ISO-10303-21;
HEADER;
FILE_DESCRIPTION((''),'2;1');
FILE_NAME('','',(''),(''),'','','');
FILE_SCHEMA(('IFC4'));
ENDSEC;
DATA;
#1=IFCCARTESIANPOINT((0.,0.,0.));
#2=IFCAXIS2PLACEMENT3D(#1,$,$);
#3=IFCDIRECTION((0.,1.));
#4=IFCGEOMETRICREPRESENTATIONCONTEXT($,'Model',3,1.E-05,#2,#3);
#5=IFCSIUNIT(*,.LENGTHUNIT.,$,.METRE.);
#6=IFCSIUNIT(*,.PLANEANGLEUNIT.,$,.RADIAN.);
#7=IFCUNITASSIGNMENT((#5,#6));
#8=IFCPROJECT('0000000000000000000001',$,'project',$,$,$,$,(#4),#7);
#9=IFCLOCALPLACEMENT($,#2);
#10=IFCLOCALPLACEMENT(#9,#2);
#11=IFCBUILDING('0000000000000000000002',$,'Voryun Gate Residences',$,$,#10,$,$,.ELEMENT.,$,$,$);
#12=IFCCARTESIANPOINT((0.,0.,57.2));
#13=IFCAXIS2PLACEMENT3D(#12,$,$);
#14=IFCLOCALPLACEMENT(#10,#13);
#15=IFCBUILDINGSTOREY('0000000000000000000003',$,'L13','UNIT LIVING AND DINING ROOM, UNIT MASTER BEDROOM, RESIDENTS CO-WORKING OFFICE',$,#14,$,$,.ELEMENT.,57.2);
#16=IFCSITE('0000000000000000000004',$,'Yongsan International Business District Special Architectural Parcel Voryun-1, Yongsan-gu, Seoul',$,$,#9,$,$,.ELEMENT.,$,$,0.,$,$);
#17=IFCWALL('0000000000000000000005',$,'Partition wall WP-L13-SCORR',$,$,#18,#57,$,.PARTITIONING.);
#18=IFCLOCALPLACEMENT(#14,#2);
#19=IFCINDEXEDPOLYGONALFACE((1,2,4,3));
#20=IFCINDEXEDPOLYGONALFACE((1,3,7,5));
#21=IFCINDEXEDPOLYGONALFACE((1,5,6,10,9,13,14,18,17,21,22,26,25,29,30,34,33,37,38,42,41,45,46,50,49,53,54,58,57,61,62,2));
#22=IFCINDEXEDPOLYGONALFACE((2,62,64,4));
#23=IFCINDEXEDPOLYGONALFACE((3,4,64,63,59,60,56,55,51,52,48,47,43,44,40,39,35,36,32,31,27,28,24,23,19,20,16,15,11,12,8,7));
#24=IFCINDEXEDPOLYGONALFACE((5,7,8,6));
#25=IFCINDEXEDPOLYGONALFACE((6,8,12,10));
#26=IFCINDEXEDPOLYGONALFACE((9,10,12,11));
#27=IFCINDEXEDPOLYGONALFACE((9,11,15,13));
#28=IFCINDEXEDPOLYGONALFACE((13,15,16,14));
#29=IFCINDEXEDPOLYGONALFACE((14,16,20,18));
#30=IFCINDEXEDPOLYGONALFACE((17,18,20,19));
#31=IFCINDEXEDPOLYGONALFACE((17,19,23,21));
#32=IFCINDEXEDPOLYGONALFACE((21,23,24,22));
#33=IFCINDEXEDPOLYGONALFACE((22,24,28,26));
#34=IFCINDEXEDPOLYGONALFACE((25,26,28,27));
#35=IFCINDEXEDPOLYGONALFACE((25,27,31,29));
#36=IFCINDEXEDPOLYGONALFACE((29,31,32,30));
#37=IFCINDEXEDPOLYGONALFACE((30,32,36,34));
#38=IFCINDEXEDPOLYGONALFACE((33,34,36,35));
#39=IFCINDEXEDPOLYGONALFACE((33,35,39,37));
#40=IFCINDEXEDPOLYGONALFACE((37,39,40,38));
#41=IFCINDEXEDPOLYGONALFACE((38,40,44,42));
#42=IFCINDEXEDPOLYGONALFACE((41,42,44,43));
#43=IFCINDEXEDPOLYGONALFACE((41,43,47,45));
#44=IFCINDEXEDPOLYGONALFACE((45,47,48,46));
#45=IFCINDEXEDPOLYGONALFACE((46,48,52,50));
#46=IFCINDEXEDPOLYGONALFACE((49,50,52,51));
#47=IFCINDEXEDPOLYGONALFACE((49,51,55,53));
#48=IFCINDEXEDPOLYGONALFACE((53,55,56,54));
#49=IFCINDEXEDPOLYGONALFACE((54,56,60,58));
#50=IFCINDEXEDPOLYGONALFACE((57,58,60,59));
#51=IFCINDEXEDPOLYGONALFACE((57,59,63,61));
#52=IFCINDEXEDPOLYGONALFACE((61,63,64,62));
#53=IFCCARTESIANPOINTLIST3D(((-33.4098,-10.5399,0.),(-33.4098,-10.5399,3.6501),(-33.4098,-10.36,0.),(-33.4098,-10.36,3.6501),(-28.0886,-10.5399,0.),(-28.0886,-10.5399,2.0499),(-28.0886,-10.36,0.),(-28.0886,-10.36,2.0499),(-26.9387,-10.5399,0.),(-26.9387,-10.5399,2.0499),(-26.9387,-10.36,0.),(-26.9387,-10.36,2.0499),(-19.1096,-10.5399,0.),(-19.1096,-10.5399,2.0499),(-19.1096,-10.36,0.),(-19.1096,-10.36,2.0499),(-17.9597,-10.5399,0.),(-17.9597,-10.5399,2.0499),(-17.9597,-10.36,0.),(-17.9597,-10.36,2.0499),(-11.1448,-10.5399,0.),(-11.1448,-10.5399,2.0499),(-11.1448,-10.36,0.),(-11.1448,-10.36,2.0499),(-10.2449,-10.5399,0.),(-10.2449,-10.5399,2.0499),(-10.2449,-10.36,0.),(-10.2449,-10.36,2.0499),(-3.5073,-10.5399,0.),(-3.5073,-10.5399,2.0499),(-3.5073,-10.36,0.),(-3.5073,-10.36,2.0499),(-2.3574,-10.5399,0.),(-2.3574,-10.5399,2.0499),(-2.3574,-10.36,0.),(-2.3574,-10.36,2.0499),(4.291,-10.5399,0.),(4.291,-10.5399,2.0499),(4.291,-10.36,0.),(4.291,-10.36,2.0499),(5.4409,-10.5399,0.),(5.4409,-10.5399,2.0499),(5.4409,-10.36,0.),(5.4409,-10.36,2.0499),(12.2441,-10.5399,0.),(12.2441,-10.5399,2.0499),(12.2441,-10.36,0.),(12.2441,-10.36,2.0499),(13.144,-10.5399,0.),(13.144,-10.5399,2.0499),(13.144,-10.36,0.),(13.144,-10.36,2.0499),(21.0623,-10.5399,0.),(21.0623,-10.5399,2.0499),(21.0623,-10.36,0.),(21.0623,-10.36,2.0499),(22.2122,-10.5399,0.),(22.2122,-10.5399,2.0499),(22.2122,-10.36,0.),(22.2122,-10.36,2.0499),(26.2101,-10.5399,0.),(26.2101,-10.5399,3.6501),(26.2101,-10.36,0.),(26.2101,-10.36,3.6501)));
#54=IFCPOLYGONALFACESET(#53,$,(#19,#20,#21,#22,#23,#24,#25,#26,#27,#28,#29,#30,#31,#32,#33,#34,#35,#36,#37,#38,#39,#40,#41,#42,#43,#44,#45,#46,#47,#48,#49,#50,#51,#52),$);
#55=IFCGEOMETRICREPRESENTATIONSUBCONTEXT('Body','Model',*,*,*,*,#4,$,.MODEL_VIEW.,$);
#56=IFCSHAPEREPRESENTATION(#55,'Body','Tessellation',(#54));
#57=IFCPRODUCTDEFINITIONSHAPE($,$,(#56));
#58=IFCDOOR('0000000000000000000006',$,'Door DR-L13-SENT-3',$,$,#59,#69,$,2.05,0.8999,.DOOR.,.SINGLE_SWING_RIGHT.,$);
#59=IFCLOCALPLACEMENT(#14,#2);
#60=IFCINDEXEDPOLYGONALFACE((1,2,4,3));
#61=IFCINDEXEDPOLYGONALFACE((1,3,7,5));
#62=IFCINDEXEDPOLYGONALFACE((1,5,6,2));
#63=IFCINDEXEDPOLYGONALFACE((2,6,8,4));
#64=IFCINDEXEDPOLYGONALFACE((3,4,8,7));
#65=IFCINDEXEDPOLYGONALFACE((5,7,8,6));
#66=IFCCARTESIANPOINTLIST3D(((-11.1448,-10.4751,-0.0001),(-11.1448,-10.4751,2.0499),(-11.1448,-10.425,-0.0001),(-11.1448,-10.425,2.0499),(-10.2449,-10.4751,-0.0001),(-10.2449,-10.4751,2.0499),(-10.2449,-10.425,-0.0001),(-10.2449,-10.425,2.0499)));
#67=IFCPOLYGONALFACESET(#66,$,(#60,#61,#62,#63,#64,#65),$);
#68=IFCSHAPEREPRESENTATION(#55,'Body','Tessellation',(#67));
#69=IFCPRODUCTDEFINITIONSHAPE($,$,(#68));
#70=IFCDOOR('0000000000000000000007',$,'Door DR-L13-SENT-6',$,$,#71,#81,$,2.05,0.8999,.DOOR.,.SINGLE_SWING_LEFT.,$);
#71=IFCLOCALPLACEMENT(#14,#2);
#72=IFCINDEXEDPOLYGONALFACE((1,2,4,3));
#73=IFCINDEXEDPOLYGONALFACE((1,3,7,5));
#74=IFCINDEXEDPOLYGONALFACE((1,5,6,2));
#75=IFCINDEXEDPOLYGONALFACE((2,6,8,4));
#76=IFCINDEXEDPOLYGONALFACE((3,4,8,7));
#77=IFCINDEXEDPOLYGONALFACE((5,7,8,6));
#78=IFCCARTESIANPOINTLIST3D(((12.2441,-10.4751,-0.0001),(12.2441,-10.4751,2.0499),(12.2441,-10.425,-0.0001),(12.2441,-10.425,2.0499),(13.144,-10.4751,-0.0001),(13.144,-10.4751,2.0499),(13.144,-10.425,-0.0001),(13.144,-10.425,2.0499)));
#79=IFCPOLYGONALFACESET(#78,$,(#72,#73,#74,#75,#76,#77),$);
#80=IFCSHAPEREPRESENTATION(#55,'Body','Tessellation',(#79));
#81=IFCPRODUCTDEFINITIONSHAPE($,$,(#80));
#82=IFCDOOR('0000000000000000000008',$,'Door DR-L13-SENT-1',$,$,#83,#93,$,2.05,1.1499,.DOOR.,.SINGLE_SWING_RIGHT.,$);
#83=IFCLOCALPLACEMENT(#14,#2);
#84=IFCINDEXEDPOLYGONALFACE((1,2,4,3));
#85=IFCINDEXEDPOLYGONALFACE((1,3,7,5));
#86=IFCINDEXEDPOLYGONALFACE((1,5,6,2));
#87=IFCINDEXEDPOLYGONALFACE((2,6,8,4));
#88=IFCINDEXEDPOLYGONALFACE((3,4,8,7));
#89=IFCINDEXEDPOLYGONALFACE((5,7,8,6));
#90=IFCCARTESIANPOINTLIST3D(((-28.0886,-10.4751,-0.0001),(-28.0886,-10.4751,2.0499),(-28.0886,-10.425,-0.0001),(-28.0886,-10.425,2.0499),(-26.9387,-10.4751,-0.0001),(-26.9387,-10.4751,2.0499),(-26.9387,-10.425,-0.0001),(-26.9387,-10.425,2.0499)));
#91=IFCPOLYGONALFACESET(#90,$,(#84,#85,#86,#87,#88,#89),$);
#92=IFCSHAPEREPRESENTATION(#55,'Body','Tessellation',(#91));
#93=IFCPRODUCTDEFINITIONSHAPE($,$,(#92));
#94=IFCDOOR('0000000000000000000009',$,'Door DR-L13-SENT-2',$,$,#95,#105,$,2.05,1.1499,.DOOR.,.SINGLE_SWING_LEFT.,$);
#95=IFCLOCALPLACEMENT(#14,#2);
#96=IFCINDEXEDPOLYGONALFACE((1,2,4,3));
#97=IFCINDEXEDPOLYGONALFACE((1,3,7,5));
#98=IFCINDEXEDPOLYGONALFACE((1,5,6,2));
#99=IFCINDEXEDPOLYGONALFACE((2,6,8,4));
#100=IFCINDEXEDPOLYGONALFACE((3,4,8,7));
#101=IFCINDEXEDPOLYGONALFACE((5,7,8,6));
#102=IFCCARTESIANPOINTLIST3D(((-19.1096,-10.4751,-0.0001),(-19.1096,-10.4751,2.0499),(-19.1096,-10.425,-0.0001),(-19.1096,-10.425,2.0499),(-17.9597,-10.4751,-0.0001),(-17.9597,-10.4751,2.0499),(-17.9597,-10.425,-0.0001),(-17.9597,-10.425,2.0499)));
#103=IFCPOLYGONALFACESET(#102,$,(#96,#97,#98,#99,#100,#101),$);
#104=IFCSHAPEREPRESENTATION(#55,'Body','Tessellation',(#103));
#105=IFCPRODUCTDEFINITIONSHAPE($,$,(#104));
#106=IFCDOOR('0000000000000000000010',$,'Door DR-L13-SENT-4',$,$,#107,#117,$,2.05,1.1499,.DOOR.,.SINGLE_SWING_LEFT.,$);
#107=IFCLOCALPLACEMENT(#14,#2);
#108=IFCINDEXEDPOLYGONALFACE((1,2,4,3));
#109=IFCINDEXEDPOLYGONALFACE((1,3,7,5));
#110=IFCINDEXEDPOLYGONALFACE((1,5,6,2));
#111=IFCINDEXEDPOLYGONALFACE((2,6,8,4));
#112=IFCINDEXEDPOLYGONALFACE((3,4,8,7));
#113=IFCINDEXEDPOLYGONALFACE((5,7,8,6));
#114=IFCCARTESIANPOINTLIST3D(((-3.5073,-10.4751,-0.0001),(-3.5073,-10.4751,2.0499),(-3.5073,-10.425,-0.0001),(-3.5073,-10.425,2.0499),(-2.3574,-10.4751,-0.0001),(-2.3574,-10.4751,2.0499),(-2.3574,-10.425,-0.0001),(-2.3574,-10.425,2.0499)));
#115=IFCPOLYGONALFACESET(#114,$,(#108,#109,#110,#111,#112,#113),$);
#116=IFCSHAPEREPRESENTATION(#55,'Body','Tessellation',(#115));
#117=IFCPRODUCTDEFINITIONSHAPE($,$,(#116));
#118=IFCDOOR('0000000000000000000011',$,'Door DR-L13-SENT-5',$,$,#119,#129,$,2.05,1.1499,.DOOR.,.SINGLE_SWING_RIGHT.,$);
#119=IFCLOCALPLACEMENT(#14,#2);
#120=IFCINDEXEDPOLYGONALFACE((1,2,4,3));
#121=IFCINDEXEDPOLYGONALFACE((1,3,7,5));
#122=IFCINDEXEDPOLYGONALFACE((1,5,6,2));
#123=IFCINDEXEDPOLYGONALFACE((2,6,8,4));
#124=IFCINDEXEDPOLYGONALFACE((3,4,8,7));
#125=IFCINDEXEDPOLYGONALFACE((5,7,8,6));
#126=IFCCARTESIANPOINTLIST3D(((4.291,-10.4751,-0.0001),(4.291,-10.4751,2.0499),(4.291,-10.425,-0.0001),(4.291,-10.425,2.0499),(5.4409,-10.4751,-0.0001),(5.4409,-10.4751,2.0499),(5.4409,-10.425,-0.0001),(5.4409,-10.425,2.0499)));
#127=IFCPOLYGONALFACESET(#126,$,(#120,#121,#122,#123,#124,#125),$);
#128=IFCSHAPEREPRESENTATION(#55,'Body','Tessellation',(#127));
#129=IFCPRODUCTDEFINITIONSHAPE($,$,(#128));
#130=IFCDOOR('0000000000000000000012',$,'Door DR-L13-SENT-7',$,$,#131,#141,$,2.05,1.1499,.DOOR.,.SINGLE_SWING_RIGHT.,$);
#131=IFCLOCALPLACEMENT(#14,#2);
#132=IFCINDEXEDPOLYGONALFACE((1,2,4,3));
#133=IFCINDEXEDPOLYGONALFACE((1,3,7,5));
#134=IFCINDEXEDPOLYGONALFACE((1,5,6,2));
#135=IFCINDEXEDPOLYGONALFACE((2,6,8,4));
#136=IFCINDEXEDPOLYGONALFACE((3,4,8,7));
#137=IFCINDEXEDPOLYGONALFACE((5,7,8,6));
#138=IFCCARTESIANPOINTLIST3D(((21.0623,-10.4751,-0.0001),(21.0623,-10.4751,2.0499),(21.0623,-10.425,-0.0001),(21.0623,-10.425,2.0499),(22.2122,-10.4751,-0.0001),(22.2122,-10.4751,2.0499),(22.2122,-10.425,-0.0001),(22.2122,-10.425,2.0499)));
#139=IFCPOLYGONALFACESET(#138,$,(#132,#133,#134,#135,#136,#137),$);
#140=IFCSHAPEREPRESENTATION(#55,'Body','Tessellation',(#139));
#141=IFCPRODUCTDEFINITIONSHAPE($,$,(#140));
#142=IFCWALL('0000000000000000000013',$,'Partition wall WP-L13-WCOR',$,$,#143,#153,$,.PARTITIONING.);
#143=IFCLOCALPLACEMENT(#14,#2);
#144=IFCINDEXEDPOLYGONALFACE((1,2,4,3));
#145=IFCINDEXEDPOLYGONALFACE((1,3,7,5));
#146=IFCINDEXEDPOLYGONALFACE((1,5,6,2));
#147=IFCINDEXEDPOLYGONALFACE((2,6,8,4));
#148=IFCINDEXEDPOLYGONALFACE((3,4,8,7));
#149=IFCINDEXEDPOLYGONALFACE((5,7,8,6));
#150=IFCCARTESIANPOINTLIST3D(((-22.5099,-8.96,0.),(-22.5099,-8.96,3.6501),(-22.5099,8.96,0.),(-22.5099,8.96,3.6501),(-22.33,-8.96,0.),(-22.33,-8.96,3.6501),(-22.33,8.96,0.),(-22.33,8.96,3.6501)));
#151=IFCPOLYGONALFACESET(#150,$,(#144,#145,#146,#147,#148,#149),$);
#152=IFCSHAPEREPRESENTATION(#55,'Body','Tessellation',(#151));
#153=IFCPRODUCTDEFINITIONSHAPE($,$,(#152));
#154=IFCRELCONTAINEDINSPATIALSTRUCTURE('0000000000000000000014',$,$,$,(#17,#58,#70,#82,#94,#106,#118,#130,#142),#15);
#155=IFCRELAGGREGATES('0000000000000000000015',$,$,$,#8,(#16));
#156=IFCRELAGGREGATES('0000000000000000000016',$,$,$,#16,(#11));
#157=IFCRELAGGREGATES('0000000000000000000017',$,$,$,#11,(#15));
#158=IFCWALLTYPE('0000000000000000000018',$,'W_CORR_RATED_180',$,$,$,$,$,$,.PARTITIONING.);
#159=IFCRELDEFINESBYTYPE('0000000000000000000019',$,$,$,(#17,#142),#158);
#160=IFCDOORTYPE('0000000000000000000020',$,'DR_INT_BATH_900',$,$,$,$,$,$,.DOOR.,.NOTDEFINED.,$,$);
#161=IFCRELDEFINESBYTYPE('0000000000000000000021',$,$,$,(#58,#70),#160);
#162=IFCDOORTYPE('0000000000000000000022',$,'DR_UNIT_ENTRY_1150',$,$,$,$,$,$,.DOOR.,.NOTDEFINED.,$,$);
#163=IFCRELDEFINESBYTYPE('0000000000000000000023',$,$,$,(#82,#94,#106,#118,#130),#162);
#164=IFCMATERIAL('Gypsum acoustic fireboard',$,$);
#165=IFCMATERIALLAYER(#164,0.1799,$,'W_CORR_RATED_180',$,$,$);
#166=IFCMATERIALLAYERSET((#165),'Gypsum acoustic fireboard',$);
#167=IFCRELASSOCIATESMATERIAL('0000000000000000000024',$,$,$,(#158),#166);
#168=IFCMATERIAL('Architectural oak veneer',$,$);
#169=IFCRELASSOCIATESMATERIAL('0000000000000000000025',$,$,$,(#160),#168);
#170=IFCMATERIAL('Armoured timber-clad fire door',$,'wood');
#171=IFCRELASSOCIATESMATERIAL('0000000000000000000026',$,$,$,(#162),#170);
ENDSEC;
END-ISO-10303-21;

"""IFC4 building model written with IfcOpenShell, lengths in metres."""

from ifc_helpers import new_model, si_unit, direction, frame, frame_2d, origin, place, context, subcontext, project, spatial, rectangle, extrude, material, layer, layer_set, type_object, element, fill, save


model = new_model("IFC4")

# Units and contexts
model_context = context("Model", 3, precision=1e-05, world=origin(), true_north=direction((0.0, 1.0)))
body_context = subcontext(model_context, "Body", "Model", "MODEL_VIEW")
ifc_project = project(units=[si_unit("LENGTHUNIT", "METRE"), si_unit("PLANEANGLEUNIT", "RADIAN")], contexts=[model_context])

# Site, building, storey
site_placement = place(None, origin())
site = spatial("IfcSite", under=ifc_project, at=site_placement, Name="Yongsan International Business District Special Architectural Parcel Voryun-1, Yongsan-gu, Seoul", CompositionType="ELEMENT", RefElevation=0.0)
building_placement = place(site_placement, origin())
building = spatial("IfcBuilding", under=site, at=building_placement, Name="Voryun Gate Residences", CompositionType="ELEMENT")
storey_placement = place(building_placement, frame((0.0, 0.0, 57.2)))
storey = spatial("IfcBuildingStorey", under=building, at=storey_placement, Name="L13", Description="UNIT LIVING AND DINING ROOM, UNIT MASTER BEDROOM, RESIDENTS CO-WORKING OFFICE", CompositionType="ELEMENT", Elevation=57.2)

# Shared definitions
ifc_material_1 = material(Name="Gypsum acoustic fireboard")
ifc_layer_1 = layer(ifc_material_1, 0.1799, Name="W_CORR_RATED_180")
ifc_layer_set_1 = layer_set([ifc_layer_1], Name="Gypsum acoustic fireboard")
wall_type_1 = type_object("IfcWallType", Name="W_CORR_RATED_180", PredefinedType="PARTITIONING", material=ifc_layer_set_1)

# Wall, openings, doors
wall_1_placement = place(storey_placement, frame((-33.4099, -10.45, 0.0), z_axis=(0.0, 0.0, 1.0), x_axis=(1.0, 0.0, 0.0)))
wall_1 = element("IfcWall", 1, at=wall_1_placement, inside=storey, type_object=wall_type_1, Name="Partition wall WP-L13-SCORR", PredefinedType="PARTITIONING", context=body_context, shape_type="SweptSolid", body=[
    extrude(rectangle(XDim=59.6199, YDim=0.1799, at=frame_2d((29.8101, 0.0))), origin(), (0.0, 0.0, 1.0), 3.6501),
])
opening_1_placement = place(wall_1_placement, frame((5.3213, 0.0, 0.0)))
opening_1 = element("IfcOpeningElement", 2, at=opening_1_placement, cuts=wall_1, PredefinedType="OPENING", context=body_context, shape_type="SweptSolid", body=[
    extrude(rectangle(XDim=1.1499, YDim=2.05, at=frame_2d((0.575, 1.0249))), frame((0.0, 0.0999, 0.0), z_axis=(0.0, -1.0, 0.0), x_axis=(1.0, 0.0, 0.0)), (0.0, 0.0, 1.0), 0.2),
])
opening_2_placement = place(wall_1_placement, frame((14.3003, 0.0, 0.0)))
opening_2 = element("IfcOpeningElement", 3, at=opening_2_placement, cuts=wall_1, PredefinedType="OPENING", context=body_context, shape_type="SweptSolid", body=[
    extrude(rectangle(XDim=1.1499, YDim=2.05, at=frame_2d((0.575, 1.0249))), frame((0.0, 0.0999, 0.0), z_axis=(0.0, -1.0, 0.0), x_axis=(1.0, 0.0, 0.0)), (0.0, 0.0, 1.0), 0.2),
])
opening_3_placement = place(wall_1_placement, frame((22.2651, 0.0, 0.0)))
opening_3 = element("IfcOpeningElement", 4, at=opening_3_placement, cuts=wall_1, PredefinedType="OPENING", context=body_context, shape_type="SweptSolid", body=[
    extrude(rectangle(XDim=0.8999, YDim=2.05, at=frame_2d((0.45, 1.0249))), frame((0.0, 0.0999, 0.0), z_axis=(0.0, -1.0, 0.0), x_axis=(1.0, 0.0, 0.0)), (0.0, 0.0, 1.0), 0.2),
])
opening_4_placement = place(wall_1_placement, frame((29.9026, 0.0, 0.0)))
opening_4 = element("IfcOpeningElement", 5, at=opening_4_placement, cuts=wall_1, PredefinedType="OPENING", context=body_context, shape_type="SweptSolid", body=[
    extrude(rectangle(XDim=1.1499, YDim=2.05, at=frame_2d((0.575, 1.0249))), frame((0.0, 0.0999, 0.0), z_axis=(0.0, -1.0, 0.0), x_axis=(1.0, 0.0, 0.0)), (0.0, 0.0, 1.0), 0.2),
])
opening_5_placement = place(wall_1_placement, frame((37.7009, 0.0, 0.0)))
opening_5 = element("IfcOpeningElement", 6, at=opening_5_placement, cuts=wall_1, PredefinedType="OPENING", context=body_context, shape_type="SweptSolid", body=[
    extrude(rectangle(XDim=1.1499, YDim=2.05, at=frame_2d((0.575, 1.0249))), frame((0.0, 0.0999, 0.0), z_axis=(0.0, -1.0, 0.0), x_axis=(1.0, 0.0, 0.0)), (0.0, 0.0, 1.0), 0.2),
])
opening_6_placement = place(wall_1_placement, frame((45.6541, 0.0, 0.0)))
opening_6 = element("IfcOpeningElement", 7, at=opening_6_placement, cuts=wall_1, PredefinedType="OPENING", context=body_context, shape_type="SweptSolid", body=[
    extrude(rectangle(XDim=0.8999, YDim=2.05, at=frame_2d((0.45, 1.0249))), frame((0.0, 0.0999, 0.0), z_axis=(0.0, -1.0, 0.0), x_axis=(1.0, 0.0, 0.0)), (0.0, 0.0, 1.0), 0.2),
])
opening_7_placement = place(wall_1_placement, frame((54.4722, 0.0, 0.0)))
opening_7 = element("IfcOpeningElement", 8, at=opening_7_placement, cuts=wall_1, PredefinedType="OPENING", context=body_context, shape_type="SweptSolid", body=[
    extrude(rectangle(XDim=1.1499, YDim=2.05, at=frame_2d((0.575, 1.0249))), frame((0.0, 0.0999, 0.0), z_axis=(0.0, -1.0, 0.0), x_axis=(1.0, 0.0, 0.0)), (0.0, 0.0, 1.0), 0.2),
])
ifc_material_2 = material(Name="Architectural oak veneer")
door_type_1 = type_object("IfcDoorType", Name="DR_INT_BATH_900", OperationType="NOTDEFINED", PredefinedType="DOOR", material=ifc_material_2)
door_1_placement = place(opening_3_placement, origin())
door_1 = element("IfcDoor", 9, at=door_1_placement, inside=storey, type_object=door_type_1, Name="Door DR-L13-SENT-3", OperationType="SINGLE_SWING_RIGHT", OverallHeight=2.05, OverallWidth=0.8999, PredefinedType="DOOR", context=body_context, shape_type="SweptSolid", body=[
    extrude(rectangle(XDim=0.8999, YDim=2.05, at=frame_2d((0.45, 1.0249))), frame((0.0, 0.0249, 0.0), z_axis=(0.0, -1.0, 0.0), x_axis=(1.0, 0.0, 0.0)), (0.0, 0.0, 1.0), 0.05),
])
fill(opening_3, door_1)
door_2_placement = place(opening_6_placement, origin())
door_2 = element("IfcDoor", 10, at=door_2_placement, inside=storey, type_object=door_type_1, Name="Door DR-L13-SENT-6", OperationType="SINGLE_SWING_LEFT", OverallHeight=2.05, OverallWidth=0.8999, PredefinedType="DOOR", context=body_context, shape_type="SweptSolid", body=[
    extrude(rectangle(XDim=0.8999, YDim=2.05, at=frame_2d((0.45, 1.0249))), frame((0.0, 0.0249, 0.0), z_axis=(0.0, -1.0, 0.0), x_axis=(1.0, 0.0, 0.0)), (0.0, 0.0, 1.0), 0.05),
])
fill(opening_6, door_2)
ifc_material_3 = material(Name="Armoured timber-clad fire door", Category="wood")
door_type_2 = type_object("IfcDoorType", Name="DR_UNIT_ENTRY_1150", OperationType="NOTDEFINED", PredefinedType="DOOR", material=ifc_material_3)
door_3_placement = place(opening_1_placement, origin())
door_3 = element("IfcDoor", 11, at=door_3_placement, inside=storey, type_object=door_type_2, Name="Door DR-L13-SENT-1", OperationType="SINGLE_SWING_RIGHT", OverallHeight=2.05, OverallWidth=1.1499, PredefinedType="DOOR", context=body_context, shape_type="SweptSolid", body=[
    extrude(rectangle(XDim=1.1499, YDim=2.05, at=frame_2d((0.575, 1.0249))), frame((0.0, 0.0249, 0.0), z_axis=(0.0, -1.0, 0.0), x_axis=(1.0, 0.0, 0.0)), (0.0, 0.0, 1.0), 0.05),
])
fill(opening_1, door_3)
door_4_placement = place(opening_2_placement, origin())
door_4 = element("IfcDoor", 12, at=door_4_placement, inside=storey, type_object=door_type_2, Name="Door DR-L13-SENT-2", OperationType="SINGLE_SWING_LEFT", OverallHeight=2.05, OverallWidth=1.1499, PredefinedType="DOOR", context=body_context, shape_type="SweptSolid", body=[
    extrude(rectangle(XDim=1.1499, YDim=2.05, at=frame_2d((0.575, 1.0249))), frame((0.0, 0.0249, 0.0), z_axis=(0.0, -1.0, 0.0), x_axis=(1.0, 0.0, 0.0)), (0.0, 0.0, 1.0), 0.05),
])
fill(opening_2, door_4)
door_5_placement = place(opening_4_placement, origin())
door_5 = element("IfcDoor", 13, at=door_5_placement, inside=storey, type_object=door_type_2, Name="Door DR-L13-SENT-4", OperationType="SINGLE_SWING_LEFT", OverallHeight=2.05, OverallWidth=1.1499, PredefinedType="DOOR", context=body_context, shape_type="SweptSolid", body=[
    extrude(rectangle(XDim=1.1499, YDim=2.05, at=frame_2d((0.575, 1.0249))), frame((0.0, 0.0249, 0.0), z_axis=(0.0, -1.0, 0.0), x_axis=(1.0, 0.0, 0.0)), (0.0, 0.0, 1.0), 0.05),
])
fill(opening_4, door_5)
door_6_placement = place(opening_5_placement, origin())
door_6 = element("IfcDoor", 14, at=door_6_placement, inside=storey, type_object=door_type_2, Name="Door DR-L13-SENT-5", OperationType="SINGLE_SWING_RIGHT", OverallHeight=2.05, OverallWidth=1.1499, PredefinedType="DOOR", context=body_context, shape_type="SweptSolid", body=[
    extrude(rectangle(XDim=1.1499, YDim=2.05, at=frame_2d((0.575, 1.0249))), frame((0.0, 0.0249, 0.0), z_axis=(0.0, -1.0, 0.0), x_axis=(1.0, 0.0, 0.0)), (0.0, 0.0, 1.0), 0.05),
])
fill(opening_5, door_6)
door_7_placement = place(opening_7_placement, origin())
door_7 = element("IfcDoor", 15, at=door_7_placement, inside=storey, type_object=door_type_2, Name="Door DR-L13-SENT-7", OperationType="SINGLE_SWING_RIGHT", OverallHeight=2.05, OverallWidth=1.1499, PredefinedType="DOOR", context=body_context, shape_type="SweptSolid", body=[
    extrude(rectangle(XDim=1.1499, YDim=2.05, at=frame_2d((0.575, 1.0249))), frame((0.0, 0.0249, 0.0), z_axis=(0.0, -1.0, 0.0), x_axis=(1.0, 0.0, 0.0)), (0.0, 0.0, 1.0), 0.05),
])
fill(opening_7, door_7)

# Wall
wall_2_placement = place(storey_placement, frame((-22.4199, -8.96, 0.0), z_axis=(0.0, 0.0, 1.0), x_axis=(0.0, 1.0, 0.0)))
element("IfcWall", 16, at=wall_2_placement, inside=storey, type_object=wall_type_1, Name="Partition wall WP-L13-WCOR", PredefinedType="PARTITIONING", context=body_context, shape_type="SweptSolid", body=[
    extrude(rectangle(XDim=17.9199, YDim=0.1799, at=frame_2d((8.96, 0.0))), origin(), (0.0, 0.0, 1.0), 3.6501),
])

save(model, "model.ifc")
